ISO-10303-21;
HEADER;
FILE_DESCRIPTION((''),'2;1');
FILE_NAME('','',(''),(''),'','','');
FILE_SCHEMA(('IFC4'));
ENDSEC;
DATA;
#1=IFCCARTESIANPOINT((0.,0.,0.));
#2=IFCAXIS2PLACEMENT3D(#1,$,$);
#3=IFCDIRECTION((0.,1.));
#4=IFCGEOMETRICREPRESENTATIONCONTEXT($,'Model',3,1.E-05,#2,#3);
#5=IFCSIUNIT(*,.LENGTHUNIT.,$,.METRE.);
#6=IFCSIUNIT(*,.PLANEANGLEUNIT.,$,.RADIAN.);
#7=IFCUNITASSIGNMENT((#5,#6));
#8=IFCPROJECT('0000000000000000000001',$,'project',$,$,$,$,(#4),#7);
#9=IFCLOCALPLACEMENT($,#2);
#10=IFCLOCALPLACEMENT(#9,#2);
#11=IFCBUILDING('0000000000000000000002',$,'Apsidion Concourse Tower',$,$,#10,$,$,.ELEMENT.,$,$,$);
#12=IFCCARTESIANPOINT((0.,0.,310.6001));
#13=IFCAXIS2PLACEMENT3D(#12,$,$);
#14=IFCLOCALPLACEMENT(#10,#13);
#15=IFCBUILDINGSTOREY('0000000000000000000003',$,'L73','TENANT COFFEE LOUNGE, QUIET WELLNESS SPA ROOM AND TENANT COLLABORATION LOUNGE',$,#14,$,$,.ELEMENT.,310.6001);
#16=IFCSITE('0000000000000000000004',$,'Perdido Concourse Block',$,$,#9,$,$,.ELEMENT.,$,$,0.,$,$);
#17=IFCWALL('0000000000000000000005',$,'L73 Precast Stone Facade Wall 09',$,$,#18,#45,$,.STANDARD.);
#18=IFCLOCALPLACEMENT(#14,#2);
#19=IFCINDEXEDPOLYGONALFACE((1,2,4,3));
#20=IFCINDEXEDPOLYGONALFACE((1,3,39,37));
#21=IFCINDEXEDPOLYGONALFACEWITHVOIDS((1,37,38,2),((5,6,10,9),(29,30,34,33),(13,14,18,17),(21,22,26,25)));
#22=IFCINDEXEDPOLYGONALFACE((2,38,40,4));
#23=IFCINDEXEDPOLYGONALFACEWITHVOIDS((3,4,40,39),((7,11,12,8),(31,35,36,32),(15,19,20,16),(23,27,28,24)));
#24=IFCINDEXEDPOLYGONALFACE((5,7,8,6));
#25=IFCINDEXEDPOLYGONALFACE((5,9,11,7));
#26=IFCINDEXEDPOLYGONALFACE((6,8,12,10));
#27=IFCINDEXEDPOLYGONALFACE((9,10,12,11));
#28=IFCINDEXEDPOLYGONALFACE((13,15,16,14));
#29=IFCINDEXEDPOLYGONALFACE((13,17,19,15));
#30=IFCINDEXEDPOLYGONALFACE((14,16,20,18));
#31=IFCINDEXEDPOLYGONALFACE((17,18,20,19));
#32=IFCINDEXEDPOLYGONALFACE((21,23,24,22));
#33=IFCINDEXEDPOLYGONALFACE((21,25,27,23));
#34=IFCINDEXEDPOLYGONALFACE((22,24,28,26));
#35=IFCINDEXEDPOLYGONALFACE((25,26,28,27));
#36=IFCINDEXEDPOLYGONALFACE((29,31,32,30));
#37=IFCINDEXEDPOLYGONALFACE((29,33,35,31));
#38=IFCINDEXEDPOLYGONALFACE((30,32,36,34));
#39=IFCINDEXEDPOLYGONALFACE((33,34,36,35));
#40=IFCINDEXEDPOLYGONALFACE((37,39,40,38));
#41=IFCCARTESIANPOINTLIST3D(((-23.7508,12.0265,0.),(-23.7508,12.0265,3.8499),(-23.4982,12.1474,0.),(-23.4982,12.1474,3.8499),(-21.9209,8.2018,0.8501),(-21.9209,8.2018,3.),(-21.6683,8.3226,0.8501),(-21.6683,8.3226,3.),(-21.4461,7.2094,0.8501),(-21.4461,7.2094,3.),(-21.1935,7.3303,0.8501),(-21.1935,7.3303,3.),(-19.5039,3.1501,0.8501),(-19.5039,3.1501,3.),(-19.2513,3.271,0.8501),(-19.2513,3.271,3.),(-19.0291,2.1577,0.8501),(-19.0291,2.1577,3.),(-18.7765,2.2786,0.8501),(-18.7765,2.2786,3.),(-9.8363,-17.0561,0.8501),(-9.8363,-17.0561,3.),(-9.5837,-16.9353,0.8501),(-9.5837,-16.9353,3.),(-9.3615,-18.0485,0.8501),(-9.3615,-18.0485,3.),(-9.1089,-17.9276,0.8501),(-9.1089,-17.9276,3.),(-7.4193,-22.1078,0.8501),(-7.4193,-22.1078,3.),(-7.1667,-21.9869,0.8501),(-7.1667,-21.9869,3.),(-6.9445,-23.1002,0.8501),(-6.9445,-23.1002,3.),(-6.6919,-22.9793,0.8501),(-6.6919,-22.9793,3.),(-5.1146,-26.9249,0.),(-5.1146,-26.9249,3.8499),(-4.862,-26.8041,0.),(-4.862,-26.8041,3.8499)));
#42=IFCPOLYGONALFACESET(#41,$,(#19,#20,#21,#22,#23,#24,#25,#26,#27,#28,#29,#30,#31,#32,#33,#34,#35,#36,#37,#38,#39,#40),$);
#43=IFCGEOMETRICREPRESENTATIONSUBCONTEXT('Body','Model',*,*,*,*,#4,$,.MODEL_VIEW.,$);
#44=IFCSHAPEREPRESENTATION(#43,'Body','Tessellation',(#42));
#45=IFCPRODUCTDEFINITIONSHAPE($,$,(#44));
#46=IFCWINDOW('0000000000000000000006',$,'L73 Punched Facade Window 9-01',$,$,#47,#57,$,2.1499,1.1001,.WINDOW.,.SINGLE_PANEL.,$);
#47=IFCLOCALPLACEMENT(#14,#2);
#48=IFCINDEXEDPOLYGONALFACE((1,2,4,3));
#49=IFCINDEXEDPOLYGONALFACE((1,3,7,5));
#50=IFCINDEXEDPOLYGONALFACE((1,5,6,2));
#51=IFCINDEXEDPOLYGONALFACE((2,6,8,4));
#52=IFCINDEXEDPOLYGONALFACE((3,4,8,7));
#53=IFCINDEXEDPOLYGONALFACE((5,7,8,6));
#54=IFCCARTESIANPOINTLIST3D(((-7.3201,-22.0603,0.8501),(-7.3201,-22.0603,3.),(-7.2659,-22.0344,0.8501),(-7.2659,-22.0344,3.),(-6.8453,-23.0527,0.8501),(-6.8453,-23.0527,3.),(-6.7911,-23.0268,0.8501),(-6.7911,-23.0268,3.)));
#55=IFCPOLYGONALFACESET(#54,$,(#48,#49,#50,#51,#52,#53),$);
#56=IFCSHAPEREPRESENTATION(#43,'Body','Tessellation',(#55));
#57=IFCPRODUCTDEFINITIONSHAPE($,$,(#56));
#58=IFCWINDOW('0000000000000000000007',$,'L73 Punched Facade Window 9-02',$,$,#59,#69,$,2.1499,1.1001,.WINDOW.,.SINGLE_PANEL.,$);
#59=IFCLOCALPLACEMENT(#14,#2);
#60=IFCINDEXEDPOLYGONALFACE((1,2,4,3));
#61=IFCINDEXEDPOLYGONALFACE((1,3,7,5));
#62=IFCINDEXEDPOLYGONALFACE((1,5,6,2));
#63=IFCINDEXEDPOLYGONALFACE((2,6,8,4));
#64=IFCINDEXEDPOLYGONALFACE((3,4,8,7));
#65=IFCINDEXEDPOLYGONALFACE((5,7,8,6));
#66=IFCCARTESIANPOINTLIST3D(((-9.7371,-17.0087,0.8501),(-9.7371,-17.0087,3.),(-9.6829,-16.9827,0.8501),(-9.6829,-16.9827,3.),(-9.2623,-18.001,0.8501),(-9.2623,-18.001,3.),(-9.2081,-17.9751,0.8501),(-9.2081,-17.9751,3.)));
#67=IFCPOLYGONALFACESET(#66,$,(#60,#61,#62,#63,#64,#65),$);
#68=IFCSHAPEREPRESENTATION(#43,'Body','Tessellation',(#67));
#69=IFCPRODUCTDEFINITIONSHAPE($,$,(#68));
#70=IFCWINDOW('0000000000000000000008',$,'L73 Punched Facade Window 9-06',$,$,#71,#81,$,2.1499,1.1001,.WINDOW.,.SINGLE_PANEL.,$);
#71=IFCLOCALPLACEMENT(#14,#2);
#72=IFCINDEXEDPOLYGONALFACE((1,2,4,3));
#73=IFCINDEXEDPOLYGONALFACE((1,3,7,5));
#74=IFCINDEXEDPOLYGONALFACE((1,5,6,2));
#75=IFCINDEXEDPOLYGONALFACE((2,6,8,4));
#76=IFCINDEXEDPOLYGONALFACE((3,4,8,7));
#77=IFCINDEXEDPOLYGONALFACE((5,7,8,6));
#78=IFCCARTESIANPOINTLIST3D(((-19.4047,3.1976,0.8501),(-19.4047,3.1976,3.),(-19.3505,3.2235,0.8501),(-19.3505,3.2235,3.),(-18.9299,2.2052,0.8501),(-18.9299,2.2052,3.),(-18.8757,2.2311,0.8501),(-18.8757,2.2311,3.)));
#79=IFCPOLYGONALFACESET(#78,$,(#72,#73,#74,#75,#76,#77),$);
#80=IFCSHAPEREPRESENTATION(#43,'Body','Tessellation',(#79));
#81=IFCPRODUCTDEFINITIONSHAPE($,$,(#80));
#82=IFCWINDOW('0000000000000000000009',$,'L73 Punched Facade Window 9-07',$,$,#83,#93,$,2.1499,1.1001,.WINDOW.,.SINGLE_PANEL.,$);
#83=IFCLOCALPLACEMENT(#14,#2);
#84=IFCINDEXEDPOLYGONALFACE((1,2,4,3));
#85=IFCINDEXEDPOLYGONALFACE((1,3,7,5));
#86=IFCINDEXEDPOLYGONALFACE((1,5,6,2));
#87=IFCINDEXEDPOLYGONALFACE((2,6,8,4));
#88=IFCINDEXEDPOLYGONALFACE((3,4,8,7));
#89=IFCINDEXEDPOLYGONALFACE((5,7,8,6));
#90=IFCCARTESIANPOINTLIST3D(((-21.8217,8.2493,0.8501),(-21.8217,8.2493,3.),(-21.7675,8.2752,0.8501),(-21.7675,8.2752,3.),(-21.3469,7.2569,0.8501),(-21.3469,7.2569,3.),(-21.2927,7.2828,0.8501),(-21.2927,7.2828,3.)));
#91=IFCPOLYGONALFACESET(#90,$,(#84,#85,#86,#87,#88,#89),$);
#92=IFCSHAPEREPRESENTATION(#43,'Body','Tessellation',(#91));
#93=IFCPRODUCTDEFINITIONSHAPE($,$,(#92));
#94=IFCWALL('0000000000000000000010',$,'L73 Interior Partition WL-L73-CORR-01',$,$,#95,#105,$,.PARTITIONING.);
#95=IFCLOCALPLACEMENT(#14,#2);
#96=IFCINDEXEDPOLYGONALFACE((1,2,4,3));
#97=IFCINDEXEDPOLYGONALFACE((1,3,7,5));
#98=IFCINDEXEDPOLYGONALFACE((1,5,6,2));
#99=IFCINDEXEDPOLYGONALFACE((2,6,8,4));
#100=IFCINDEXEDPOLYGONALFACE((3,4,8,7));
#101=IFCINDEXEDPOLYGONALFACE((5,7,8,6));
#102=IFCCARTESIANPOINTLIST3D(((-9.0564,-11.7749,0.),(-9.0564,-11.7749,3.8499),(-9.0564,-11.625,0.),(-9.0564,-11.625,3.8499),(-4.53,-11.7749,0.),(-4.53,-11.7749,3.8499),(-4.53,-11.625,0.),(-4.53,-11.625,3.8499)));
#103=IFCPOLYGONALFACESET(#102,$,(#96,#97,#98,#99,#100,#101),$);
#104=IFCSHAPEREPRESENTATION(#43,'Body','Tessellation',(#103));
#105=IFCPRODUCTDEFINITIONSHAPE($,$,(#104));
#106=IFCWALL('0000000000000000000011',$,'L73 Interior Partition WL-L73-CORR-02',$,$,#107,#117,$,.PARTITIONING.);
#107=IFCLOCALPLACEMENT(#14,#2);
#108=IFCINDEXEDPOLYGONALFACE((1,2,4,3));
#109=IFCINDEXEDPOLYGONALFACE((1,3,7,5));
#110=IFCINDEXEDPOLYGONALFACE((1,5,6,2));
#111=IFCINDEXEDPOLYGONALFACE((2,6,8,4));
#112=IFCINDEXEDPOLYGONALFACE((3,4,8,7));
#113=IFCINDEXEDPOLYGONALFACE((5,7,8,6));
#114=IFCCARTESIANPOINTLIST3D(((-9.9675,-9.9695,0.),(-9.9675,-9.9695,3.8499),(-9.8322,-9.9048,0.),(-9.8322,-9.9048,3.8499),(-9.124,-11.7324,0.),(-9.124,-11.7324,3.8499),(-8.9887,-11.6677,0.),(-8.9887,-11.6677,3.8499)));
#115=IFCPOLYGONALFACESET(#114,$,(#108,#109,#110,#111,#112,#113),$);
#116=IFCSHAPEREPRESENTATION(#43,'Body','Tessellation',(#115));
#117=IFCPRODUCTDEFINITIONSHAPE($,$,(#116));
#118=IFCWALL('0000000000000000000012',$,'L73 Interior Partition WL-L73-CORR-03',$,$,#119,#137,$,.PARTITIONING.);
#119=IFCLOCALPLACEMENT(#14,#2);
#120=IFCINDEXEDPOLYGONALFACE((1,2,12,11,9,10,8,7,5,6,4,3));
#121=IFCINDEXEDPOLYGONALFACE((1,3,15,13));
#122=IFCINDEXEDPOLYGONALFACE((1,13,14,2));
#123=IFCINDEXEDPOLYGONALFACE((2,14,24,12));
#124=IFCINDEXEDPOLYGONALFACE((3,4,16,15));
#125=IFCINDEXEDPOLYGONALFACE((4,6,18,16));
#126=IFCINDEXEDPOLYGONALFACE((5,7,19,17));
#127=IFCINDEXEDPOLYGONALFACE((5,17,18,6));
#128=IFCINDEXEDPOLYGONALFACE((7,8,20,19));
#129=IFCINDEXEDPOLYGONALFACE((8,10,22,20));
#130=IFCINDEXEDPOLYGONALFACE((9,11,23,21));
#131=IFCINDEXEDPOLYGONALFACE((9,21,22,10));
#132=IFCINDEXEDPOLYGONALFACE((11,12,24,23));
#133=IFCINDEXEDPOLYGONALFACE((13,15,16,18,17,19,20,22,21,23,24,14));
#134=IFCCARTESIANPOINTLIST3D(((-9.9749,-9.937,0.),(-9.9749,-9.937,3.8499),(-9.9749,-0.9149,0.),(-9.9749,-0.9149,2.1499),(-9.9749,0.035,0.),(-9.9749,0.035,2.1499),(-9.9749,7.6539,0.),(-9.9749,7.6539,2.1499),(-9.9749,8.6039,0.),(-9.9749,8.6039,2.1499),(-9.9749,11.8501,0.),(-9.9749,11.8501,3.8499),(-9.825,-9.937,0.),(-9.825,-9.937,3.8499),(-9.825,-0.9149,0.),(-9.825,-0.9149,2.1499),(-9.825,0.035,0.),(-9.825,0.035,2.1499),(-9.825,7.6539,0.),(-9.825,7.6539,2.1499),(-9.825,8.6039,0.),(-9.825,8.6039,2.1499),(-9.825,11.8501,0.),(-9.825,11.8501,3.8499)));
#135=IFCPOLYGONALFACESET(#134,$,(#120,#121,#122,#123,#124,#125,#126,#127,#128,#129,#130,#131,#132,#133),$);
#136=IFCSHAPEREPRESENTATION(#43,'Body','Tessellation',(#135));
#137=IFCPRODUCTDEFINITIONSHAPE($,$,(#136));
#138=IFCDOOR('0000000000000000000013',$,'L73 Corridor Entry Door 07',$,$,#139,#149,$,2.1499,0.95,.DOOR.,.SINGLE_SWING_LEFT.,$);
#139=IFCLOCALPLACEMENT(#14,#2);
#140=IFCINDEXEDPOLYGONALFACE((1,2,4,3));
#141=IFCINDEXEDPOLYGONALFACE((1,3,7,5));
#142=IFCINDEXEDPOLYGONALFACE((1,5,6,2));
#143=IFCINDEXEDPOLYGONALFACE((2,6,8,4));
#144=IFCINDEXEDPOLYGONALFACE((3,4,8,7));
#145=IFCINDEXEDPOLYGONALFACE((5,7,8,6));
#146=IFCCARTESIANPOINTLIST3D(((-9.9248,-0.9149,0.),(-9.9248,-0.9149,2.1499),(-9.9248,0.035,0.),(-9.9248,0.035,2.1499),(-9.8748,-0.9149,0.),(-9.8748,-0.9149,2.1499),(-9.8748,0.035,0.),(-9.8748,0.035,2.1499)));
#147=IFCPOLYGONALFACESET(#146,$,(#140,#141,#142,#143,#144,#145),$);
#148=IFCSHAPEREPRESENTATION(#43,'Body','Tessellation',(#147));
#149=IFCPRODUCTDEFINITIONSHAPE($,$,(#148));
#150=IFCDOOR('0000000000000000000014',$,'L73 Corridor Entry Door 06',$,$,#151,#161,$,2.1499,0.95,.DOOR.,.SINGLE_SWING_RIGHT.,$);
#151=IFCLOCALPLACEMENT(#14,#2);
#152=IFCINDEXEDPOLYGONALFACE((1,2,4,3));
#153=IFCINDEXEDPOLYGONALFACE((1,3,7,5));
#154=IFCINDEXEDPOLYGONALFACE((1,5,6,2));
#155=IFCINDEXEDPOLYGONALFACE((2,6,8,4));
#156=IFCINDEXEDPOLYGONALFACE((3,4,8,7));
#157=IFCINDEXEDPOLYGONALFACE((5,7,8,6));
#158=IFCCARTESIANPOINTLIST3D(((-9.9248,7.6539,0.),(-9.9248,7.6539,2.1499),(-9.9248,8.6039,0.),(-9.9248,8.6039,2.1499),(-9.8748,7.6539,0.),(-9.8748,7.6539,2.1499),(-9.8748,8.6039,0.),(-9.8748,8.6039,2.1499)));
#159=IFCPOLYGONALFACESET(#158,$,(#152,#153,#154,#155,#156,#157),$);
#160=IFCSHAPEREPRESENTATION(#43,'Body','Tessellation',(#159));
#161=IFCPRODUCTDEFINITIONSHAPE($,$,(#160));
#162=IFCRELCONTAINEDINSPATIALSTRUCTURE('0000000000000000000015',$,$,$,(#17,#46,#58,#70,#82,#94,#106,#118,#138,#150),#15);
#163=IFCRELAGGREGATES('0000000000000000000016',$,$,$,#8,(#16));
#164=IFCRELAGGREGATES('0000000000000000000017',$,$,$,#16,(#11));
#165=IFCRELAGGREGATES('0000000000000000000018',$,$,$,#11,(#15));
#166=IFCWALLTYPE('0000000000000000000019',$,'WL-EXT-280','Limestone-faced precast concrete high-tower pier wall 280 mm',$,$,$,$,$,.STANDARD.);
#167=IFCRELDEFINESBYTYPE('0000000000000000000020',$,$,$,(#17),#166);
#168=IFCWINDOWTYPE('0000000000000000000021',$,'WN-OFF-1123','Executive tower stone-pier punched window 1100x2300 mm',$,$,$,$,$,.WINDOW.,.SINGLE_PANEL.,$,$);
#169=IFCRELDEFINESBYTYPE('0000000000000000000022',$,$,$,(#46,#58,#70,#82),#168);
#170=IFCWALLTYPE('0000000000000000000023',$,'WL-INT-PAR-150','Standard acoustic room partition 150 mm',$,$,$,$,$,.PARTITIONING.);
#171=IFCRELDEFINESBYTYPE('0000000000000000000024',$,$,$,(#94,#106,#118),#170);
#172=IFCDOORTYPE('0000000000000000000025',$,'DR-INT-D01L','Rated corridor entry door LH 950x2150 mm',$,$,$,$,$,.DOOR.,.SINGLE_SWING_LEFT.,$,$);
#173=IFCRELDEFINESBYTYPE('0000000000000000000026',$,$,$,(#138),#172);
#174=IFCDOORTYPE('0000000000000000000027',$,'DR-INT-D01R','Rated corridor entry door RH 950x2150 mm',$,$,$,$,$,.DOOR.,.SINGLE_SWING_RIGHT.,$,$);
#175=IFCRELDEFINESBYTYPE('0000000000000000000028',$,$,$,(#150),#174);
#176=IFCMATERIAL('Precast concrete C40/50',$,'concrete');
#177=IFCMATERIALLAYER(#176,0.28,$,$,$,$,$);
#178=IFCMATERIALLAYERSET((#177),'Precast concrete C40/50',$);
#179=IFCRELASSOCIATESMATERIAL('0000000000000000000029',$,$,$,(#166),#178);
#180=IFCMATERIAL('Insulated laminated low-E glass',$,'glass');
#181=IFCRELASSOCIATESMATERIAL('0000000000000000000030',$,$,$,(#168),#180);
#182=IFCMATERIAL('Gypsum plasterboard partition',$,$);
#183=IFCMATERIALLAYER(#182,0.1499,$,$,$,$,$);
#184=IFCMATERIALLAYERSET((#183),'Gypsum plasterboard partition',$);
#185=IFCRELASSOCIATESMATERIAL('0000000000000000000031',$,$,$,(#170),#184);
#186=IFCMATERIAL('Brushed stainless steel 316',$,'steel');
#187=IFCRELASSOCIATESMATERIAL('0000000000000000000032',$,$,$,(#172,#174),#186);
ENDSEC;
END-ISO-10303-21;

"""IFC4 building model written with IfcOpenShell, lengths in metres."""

from ifc_helpers import new_model, si_unit, direction, frame, frame_2d, origin, place, context, subcontext, project, spatial, rectangle, extrude, material, layer, layer_set, type_object, element, fill, save


model = new_model("IFC4")

# Units and contexts
model_context = context("Model", 3, precision=1e-05, world=origin(), true_north=direction((0.0, 1.0)))
body_context = subcontext(model_context, "Body", "Model", "MODEL_VIEW")
ifc_project = project(units=[si_unit("LENGTHUNIT", "METRE"), si_unit("PLANEANGLEUNIT", "RADIAN")], contexts=[model_context])

# Site, building, storey
site_placement = place(None, origin())
site = spatial("IfcSite", under=ifc_project, at=site_placement, Name="Perdido Concourse Block", CompositionType="ELEMENT", RefElevation=0.0)
building_placement = place(site_placement, origin())
building = spatial("IfcBuilding", under=site, at=building_placement, Name="Apsidion Concourse Tower", CompositionType="ELEMENT")
storey_placement = place(building_placement, frame((0.0, 0.0, 310.6001)))
storey = spatial("IfcBuildingStorey", under=building, at=storey_placement, Name="L73", Description="TENANT COFFEE LOUNGE, QUIET WELLNESS SPA ROOM AND TENANT COLLABORATION LOUNGE", CompositionType="ELEMENT", Elevation=310.6001)

# Shared definitions
ifc_material_1 = material(Name="Precast concrete C40/50", Category="concrete")
ifc_layer_1 = layer(ifc_material_1, 0.28)
ifc_layer_set_1 = layer_set([ifc_layer_1], Name="Precast concrete C40/50")
wall_type_1 = type_object("IfcWallType", Name="WL-EXT-280", Description="Limestone-faced precast concrete high-tower pier wall 280 mm", PredefinedType="STANDARD", material=ifc_layer_set_1)

# Wall, openings, windows
wall_1_placement = place(storey_placement, frame((-4.9883, -26.8645, 0.0), z_axis=(0.0, 0.0, 1.0), x_axis=(-0.431593, 0.902068, 0.0)))
wall_1 = element("IfcWall", 1, at=wall_1_placement, inside=storey, type_object=wall_type_1, Name="L73 Precast Stone Facade Wall 09", PredefinedType="STANDARD", context=body_context, shape_type="SweptSolid", body=[
    extrude(rectangle(XDim=43.1802, YDim=0.28, at=frame_2d((21.5901, 0.0))), origin(), (0.0, 0.0, 1.0), 3.8499),
])
opening_1_placement = place(wall_1_placement, frame((4.24, 0.0, 0.8501)))
opening_1 = element("IfcOpeningElement", 2, at=opening_1_placement, cuts=wall_1, PredefinedType="OPENING", context=body_context, shape_type="SweptSolid", body=[
    extrude(rectangle(XDim=1.1001, YDim=2.1499, at=frame_2d((0.55, 1.075))), frame((0.0, 0.1499, 0.0), z_axis=(0.0, -1.0, 0.0), x_axis=(1.0, 0.0, 0.0)), (0.0, 0.0, 1.0), 0.3),
])
opening_2_placement = place(wall_1_placement, frame((9.8401, 0.0, 0.8501)))
opening_2 = element("IfcOpeningElement", 3, at=opening_2_placement, cuts=wall_1, PredefinedType="OPENING", context=body_context, shape_type="SweptSolid", body=[
    extrude(rectangle(XDim=1.1001, YDim=2.1499, at=frame_2d((0.55, 1.075))), frame((0.0, 0.1499, 0.0), z_axis=(0.0, -1.0, 0.0), x_axis=(1.0, 0.0, 0.0)), (0.0, 0.0, 1.0), 0.3),
])
opening_3_placement = place(wall_1_placement, frame((32.24, 0.0, 0.8501)))
opening_3 = element("IfcOpeningElement", 4, at=opening_3_placement, cuts=wall_1, PredefinedType="OPENING", context=body_context, shape_type="SweptSolid", body=[
    extrude(rectangle(XDim=1.1001, YDim=2.1499, at=frame_2d((0.55, 1.075))), frame((0.0, 0.1499, 0.0), z_axis=(0.0, -1.0, 0.0), x_axis=(1.0, 0.0, 0.0)), (0.0, 0.0, 1.0), 0.3),
])
opening_4_placement = place(wall_1_placement, frame((37.8401, 0.0, 0.8501)))
opening_4 = element("IfcOpeningElement", 5, at=opening_4_placement, cuts=wall_1, PredefinedType="OPENING", context=body_context, shape_type="SweptSolid", body=[
    extrude(rectangle(XDim=1.1001, YDim=2.1499, at=frame_2d((0.55, 1.075))), frame((0.0, 0.1499, 0.0), z_axis=(0.0, -1.0, 0.0), x_axis=(1.0, 0.0, 0.0)), (0.0, 0.0, 1.0), 0.3),
])
ifc_material_2 = material(Name="Insulated laminated low-E glass", Category="glass")
window_type = type_object("IfcWindowType", Name="WN-OFF-1123", Description="Executive tower stone-pier punched window 1100x2300 mm", PartitioningType="SINGLE_PANEL", PredefinedType="WINDOW", material=ifc_material_2)
window_1_placement = place(opening_1_placement, origin())
window_1 = element("IfcWindow", 6, at=window_1_placement, inside=storey, type_object=window_type, Name="L73 Punched Facade Window 9-01", OverallHeight=2.1499, OverallWidth=1.1001, PartitioningType="SINGLE_PANEL", PredefinedType="WINDOW", context=body_context, shape_type="SweptSolid", body=[
    extrude(rectangle(XDim=1.1001, YDim=2.1499, at=frame_2d((0.55, 1.075))), frame((0.0, 0.03, 0.0), z_axis=(0.0, -1.0, 0.0), x_axis=(1.0, 0.0, 0.0)), (0.0, 0.0, 1.0), 0.0601),
])
fill(opening_1, window_1)
window_2_placement = place(opening_2_placement, origin())
window_2 = element("IfcWindow", 7, at=window_2_placement, inside=storey, type_object=window_type, Name="L73 Punched Facade Window 9-02", OverallHeight=2.1499, OverallWidth=1.1001, PartitioningType="SINGLE_PANEL", PredefinedType="WINDOW", context=body_context, shape_type="SweptSolid", body=[
    extrude(rectangle(XDim=1.1001, YDim=2.1499, at=frame_2d((0.55, 1.075))), frame((0.0, 0.03, 0.0), z_axis=(0.0, -1.0, 0.0), x_axis=(1.0, 0.0, 0.0)), (0.0, 0.0, 1.0), 0.0601),
])
fill(opening_2, window_2)
window_3_placement = place(opening_3_placement, origin())
window_3 = element("IfcWindow", 8, at=window_3_placement, inside=storey, type_object=window_type, Name="L73 Punched Facade Window 9-06", OverallHeight=2.1499, OverallWidth=1.1001, PartitioningType="SINGLE_PANEL", PredefinedType="WINDOW", context=body_context, shape_type="SweptSolid", body=[
    extrude(rectangle(XDim=1.1001, YDim=2.1499, at=frame_2d((0.55, 1.075))), frame((0.0, 0.03, 0.0), z_axis=(0.0, -1.0, 0.0), x_axis=(1.0, 0.0, 0.0)), (0.0, 0.0, 1.0), 0.0601),
])
fill(opening_3, window_3)
window_4_placement = place(opening_4_placement, origin())
window_4 = element("IfcWindow", 9, at=window_4_placement, inside=storey, type_object=window_type, Name="L73 Punched Facade Window 9-07", OverallHeight=2.1499, OverallWidth=1.1001, PartitioningType="SINGLE_PANEL", PredefinedType="WINDOW", context=body_context, shape_type="SweptSolid", body=[
    extrude(rectangle(XDim=1.1001, YDim=2.1499, at=frame_2d((0.55, 1.075))), frame((0.0, 0.03, 0.0), z_axis=(0.0, -1.0, 0.0), x_axis=(1.0, 0.0, 0.0)), (0.0, 0.0, 1.0), 0.0601),
])
fill(opening_4, window_4)

# Walls
ifc_material_3 = material(Name="Gypsum plasterboard partition")
ifc_layer_2 = layer(ifc_material_3, 0.1499)
ifc_layer_set_2 = layer_set([ifc_layer_2], Name="Gypsum plasterboard partition")
wall_type_2 = type_object("IfcWallType", Name="WL-INT-PAR-150", Description="Standard acoustic room partition 150 mm", PredefinedType="PARTITIONING", material=ifc_layer_set_2)
wall_2_placement = place(storey_placement, frame((-4.53, -11.7, 0.0), z_axis=(0.0, 0.0, 1.0), x_axis=(-1.0, 0.0, 0.0)))
element("IfcWall", 10, at=wall_2_placement, inside=storey, type_object=wall_type_2, Name="L73 Interior Partition WL-L73-CORR-01", PredefinedType="PARTITIONING", context=body_context, shape_type="SweptSolid", body=[
    extrude(rectangle(XDim=4.5264, YDim=0.1499, at=frame_2d((2.2632, 0.0))), origin(), (0.0, 0.0, 1.0), 3.8499),
])
wall_3_placement = place(storey_placement, frame((-9.0564, -11.7, 0.0), z_axis=(0.0, 0.0, 1.0), x_axis=(-0.431606, 0.902062, 0.0)))
element("IfcWall", 11, at=wall_3_placement, inside=storey, type_object=wall_type_2, Name="L73 Interior Partition WL-L73-CORR-02", PredefinedType="PARTITIONING", context=body_context, shape_type="SweptSolid", body=[
    extrude(rectangle(XDim=1.9543, YDim=0.1499, at=frame_2d((0.9771, 0.0))), origin(), (0.0, 0.0, 1.0), 3.8499),
])

# Wall, openings, doors
wall_4_placement = place(storey_placement, frame((-9.8999, -9.937, 0.0), z_axis=(0.0, 0.0, 1.0), x_axis=(0.0, 1.0, 0.0)))
wall_4 = element("IfcWall", 12, at=wall_4_placement, inside=storey, type_object=wall_type_2, Name="L73 Interior Partition WL-L73-CORR-03", PredefinedType="PARTITIONING", context=body_context, shape_type="SweptSolid", body=[
    extrude(rectangle(XDim=21.7871, YDim=0.1499, at=frame_2d((10.8936, 0.0))), origin(), (0.0, 0.0, 1.0), 3.8499),
])
opening_5_placement = place(wall_4_placement, frame((17.5908, 0.0, 0.0)))
opening_5 = element("IfcOpeningElement", 13, at=opening_5_placement, cuts=wall_4, PredefinedType="OPENING", context=body_context, shape_type="SweptSolid", body=[
    extrude(rectangle(XDim=0.95, YDim=2.1499, at=frame_2d((0.4751, 1.075))), frame((0.0, 0.085, 0.0), z_axis=(0.0, -1.0, 0.0), x_axis=(1.0, 0.0, 0.0)), (0.0, 0.0, 1.0), 0.1699),
])
opening_6_placement = place(wall_4_placement, frame((9.022, 0.0, 0.0)))
opening_6 = element("IfcOpeningElement", 14, at=opening_6_placement, cuts=wall_4, PredefinedType="OPENING", context=body_context, shape_type="SweptSolid", body=[
    extrude(rectangle(XDim=0.95, YDim=2.1499, at=frame_2d((0.4751, 1.075))), frame((0.0, 0.085, 0.0), z_axis=(0.0, -1.0, 0.0), x_axis=(1.0, 0.0, 0.0)), (0.0, 0.0, 1.0), 0.1699),
])
ifc_material_4 = material(Name="Brushed stainless steel 316", Category="steel")
door_type_1 = type_object("IfcDoorType", Name="DR-INT-D01L", Description="Rated corridor entry door LH 950x2150 mm", OperationType="SINGLE_SWING_LEFT", PredefinedType="DOOR", material=ifc_material_4)
door_1_placement = place(opening_6_placement, origin())
door_1 = element("IfcDoor", 15, at=door_1_placement, inside=storey, type_object=door_type_1, Name="L73 Corridor Entry Door 07", OperationType="SINGLE_SWING_LEFT", OverallHeight=2.1499, OverallWidth=0.95, PredefinedType="DOOR", context=body_context, shape_type="SweptSolid", body=[
    extrude(rectangle(XDim=0.95, YDim=2.1499, at=frame_2d((0.4751, 1.075))), frame((0.0, 0.0249, 0.0), z_axis=(0.0, -1.0, 0.0), x_axis=(1.0, 0.0, 0.0)), (0.0, 0.0, 1.0), 0.05),
])
fill(opening_6, door_1)
door_type_2 = type_object("IfcDoorType", Name="DR-INT-D01R", Description="Rated corridor entry door RH 950x2150 mm", OperationType="SINGLE_SWING_RIGHT", PredefinedType="DOOR", material=ifc_material_4)
door_2_placement = place(opening_5_placement, origin())
door_2 = element("IfcDoor", 16, at=door_2_placement, inside=storey, type_object=door_type_2, Name="L73 Corridor Entry Door 06", OperationType="SINGLE_SWING_RIGHT", OverallHeight=2.1499, OverallWidth=0.95, PredefinedType="DOOR", context=body_context, shape_type="SweptSolid", body=[
    extrude(rectangle(XDim=0.95, YDim=2.1499, at=frame_2d((0.4751, 1.075))), frame((0.0, 0.0249, 0.0), z_axis=(0.0, -1.0, 0.0), x_axis=(1.0, 0.0, 0.0)), (0.0, 0.0, 1.0), 0.05),
])
fill(opening_5, door_2)

save(model, "model.ifc")
